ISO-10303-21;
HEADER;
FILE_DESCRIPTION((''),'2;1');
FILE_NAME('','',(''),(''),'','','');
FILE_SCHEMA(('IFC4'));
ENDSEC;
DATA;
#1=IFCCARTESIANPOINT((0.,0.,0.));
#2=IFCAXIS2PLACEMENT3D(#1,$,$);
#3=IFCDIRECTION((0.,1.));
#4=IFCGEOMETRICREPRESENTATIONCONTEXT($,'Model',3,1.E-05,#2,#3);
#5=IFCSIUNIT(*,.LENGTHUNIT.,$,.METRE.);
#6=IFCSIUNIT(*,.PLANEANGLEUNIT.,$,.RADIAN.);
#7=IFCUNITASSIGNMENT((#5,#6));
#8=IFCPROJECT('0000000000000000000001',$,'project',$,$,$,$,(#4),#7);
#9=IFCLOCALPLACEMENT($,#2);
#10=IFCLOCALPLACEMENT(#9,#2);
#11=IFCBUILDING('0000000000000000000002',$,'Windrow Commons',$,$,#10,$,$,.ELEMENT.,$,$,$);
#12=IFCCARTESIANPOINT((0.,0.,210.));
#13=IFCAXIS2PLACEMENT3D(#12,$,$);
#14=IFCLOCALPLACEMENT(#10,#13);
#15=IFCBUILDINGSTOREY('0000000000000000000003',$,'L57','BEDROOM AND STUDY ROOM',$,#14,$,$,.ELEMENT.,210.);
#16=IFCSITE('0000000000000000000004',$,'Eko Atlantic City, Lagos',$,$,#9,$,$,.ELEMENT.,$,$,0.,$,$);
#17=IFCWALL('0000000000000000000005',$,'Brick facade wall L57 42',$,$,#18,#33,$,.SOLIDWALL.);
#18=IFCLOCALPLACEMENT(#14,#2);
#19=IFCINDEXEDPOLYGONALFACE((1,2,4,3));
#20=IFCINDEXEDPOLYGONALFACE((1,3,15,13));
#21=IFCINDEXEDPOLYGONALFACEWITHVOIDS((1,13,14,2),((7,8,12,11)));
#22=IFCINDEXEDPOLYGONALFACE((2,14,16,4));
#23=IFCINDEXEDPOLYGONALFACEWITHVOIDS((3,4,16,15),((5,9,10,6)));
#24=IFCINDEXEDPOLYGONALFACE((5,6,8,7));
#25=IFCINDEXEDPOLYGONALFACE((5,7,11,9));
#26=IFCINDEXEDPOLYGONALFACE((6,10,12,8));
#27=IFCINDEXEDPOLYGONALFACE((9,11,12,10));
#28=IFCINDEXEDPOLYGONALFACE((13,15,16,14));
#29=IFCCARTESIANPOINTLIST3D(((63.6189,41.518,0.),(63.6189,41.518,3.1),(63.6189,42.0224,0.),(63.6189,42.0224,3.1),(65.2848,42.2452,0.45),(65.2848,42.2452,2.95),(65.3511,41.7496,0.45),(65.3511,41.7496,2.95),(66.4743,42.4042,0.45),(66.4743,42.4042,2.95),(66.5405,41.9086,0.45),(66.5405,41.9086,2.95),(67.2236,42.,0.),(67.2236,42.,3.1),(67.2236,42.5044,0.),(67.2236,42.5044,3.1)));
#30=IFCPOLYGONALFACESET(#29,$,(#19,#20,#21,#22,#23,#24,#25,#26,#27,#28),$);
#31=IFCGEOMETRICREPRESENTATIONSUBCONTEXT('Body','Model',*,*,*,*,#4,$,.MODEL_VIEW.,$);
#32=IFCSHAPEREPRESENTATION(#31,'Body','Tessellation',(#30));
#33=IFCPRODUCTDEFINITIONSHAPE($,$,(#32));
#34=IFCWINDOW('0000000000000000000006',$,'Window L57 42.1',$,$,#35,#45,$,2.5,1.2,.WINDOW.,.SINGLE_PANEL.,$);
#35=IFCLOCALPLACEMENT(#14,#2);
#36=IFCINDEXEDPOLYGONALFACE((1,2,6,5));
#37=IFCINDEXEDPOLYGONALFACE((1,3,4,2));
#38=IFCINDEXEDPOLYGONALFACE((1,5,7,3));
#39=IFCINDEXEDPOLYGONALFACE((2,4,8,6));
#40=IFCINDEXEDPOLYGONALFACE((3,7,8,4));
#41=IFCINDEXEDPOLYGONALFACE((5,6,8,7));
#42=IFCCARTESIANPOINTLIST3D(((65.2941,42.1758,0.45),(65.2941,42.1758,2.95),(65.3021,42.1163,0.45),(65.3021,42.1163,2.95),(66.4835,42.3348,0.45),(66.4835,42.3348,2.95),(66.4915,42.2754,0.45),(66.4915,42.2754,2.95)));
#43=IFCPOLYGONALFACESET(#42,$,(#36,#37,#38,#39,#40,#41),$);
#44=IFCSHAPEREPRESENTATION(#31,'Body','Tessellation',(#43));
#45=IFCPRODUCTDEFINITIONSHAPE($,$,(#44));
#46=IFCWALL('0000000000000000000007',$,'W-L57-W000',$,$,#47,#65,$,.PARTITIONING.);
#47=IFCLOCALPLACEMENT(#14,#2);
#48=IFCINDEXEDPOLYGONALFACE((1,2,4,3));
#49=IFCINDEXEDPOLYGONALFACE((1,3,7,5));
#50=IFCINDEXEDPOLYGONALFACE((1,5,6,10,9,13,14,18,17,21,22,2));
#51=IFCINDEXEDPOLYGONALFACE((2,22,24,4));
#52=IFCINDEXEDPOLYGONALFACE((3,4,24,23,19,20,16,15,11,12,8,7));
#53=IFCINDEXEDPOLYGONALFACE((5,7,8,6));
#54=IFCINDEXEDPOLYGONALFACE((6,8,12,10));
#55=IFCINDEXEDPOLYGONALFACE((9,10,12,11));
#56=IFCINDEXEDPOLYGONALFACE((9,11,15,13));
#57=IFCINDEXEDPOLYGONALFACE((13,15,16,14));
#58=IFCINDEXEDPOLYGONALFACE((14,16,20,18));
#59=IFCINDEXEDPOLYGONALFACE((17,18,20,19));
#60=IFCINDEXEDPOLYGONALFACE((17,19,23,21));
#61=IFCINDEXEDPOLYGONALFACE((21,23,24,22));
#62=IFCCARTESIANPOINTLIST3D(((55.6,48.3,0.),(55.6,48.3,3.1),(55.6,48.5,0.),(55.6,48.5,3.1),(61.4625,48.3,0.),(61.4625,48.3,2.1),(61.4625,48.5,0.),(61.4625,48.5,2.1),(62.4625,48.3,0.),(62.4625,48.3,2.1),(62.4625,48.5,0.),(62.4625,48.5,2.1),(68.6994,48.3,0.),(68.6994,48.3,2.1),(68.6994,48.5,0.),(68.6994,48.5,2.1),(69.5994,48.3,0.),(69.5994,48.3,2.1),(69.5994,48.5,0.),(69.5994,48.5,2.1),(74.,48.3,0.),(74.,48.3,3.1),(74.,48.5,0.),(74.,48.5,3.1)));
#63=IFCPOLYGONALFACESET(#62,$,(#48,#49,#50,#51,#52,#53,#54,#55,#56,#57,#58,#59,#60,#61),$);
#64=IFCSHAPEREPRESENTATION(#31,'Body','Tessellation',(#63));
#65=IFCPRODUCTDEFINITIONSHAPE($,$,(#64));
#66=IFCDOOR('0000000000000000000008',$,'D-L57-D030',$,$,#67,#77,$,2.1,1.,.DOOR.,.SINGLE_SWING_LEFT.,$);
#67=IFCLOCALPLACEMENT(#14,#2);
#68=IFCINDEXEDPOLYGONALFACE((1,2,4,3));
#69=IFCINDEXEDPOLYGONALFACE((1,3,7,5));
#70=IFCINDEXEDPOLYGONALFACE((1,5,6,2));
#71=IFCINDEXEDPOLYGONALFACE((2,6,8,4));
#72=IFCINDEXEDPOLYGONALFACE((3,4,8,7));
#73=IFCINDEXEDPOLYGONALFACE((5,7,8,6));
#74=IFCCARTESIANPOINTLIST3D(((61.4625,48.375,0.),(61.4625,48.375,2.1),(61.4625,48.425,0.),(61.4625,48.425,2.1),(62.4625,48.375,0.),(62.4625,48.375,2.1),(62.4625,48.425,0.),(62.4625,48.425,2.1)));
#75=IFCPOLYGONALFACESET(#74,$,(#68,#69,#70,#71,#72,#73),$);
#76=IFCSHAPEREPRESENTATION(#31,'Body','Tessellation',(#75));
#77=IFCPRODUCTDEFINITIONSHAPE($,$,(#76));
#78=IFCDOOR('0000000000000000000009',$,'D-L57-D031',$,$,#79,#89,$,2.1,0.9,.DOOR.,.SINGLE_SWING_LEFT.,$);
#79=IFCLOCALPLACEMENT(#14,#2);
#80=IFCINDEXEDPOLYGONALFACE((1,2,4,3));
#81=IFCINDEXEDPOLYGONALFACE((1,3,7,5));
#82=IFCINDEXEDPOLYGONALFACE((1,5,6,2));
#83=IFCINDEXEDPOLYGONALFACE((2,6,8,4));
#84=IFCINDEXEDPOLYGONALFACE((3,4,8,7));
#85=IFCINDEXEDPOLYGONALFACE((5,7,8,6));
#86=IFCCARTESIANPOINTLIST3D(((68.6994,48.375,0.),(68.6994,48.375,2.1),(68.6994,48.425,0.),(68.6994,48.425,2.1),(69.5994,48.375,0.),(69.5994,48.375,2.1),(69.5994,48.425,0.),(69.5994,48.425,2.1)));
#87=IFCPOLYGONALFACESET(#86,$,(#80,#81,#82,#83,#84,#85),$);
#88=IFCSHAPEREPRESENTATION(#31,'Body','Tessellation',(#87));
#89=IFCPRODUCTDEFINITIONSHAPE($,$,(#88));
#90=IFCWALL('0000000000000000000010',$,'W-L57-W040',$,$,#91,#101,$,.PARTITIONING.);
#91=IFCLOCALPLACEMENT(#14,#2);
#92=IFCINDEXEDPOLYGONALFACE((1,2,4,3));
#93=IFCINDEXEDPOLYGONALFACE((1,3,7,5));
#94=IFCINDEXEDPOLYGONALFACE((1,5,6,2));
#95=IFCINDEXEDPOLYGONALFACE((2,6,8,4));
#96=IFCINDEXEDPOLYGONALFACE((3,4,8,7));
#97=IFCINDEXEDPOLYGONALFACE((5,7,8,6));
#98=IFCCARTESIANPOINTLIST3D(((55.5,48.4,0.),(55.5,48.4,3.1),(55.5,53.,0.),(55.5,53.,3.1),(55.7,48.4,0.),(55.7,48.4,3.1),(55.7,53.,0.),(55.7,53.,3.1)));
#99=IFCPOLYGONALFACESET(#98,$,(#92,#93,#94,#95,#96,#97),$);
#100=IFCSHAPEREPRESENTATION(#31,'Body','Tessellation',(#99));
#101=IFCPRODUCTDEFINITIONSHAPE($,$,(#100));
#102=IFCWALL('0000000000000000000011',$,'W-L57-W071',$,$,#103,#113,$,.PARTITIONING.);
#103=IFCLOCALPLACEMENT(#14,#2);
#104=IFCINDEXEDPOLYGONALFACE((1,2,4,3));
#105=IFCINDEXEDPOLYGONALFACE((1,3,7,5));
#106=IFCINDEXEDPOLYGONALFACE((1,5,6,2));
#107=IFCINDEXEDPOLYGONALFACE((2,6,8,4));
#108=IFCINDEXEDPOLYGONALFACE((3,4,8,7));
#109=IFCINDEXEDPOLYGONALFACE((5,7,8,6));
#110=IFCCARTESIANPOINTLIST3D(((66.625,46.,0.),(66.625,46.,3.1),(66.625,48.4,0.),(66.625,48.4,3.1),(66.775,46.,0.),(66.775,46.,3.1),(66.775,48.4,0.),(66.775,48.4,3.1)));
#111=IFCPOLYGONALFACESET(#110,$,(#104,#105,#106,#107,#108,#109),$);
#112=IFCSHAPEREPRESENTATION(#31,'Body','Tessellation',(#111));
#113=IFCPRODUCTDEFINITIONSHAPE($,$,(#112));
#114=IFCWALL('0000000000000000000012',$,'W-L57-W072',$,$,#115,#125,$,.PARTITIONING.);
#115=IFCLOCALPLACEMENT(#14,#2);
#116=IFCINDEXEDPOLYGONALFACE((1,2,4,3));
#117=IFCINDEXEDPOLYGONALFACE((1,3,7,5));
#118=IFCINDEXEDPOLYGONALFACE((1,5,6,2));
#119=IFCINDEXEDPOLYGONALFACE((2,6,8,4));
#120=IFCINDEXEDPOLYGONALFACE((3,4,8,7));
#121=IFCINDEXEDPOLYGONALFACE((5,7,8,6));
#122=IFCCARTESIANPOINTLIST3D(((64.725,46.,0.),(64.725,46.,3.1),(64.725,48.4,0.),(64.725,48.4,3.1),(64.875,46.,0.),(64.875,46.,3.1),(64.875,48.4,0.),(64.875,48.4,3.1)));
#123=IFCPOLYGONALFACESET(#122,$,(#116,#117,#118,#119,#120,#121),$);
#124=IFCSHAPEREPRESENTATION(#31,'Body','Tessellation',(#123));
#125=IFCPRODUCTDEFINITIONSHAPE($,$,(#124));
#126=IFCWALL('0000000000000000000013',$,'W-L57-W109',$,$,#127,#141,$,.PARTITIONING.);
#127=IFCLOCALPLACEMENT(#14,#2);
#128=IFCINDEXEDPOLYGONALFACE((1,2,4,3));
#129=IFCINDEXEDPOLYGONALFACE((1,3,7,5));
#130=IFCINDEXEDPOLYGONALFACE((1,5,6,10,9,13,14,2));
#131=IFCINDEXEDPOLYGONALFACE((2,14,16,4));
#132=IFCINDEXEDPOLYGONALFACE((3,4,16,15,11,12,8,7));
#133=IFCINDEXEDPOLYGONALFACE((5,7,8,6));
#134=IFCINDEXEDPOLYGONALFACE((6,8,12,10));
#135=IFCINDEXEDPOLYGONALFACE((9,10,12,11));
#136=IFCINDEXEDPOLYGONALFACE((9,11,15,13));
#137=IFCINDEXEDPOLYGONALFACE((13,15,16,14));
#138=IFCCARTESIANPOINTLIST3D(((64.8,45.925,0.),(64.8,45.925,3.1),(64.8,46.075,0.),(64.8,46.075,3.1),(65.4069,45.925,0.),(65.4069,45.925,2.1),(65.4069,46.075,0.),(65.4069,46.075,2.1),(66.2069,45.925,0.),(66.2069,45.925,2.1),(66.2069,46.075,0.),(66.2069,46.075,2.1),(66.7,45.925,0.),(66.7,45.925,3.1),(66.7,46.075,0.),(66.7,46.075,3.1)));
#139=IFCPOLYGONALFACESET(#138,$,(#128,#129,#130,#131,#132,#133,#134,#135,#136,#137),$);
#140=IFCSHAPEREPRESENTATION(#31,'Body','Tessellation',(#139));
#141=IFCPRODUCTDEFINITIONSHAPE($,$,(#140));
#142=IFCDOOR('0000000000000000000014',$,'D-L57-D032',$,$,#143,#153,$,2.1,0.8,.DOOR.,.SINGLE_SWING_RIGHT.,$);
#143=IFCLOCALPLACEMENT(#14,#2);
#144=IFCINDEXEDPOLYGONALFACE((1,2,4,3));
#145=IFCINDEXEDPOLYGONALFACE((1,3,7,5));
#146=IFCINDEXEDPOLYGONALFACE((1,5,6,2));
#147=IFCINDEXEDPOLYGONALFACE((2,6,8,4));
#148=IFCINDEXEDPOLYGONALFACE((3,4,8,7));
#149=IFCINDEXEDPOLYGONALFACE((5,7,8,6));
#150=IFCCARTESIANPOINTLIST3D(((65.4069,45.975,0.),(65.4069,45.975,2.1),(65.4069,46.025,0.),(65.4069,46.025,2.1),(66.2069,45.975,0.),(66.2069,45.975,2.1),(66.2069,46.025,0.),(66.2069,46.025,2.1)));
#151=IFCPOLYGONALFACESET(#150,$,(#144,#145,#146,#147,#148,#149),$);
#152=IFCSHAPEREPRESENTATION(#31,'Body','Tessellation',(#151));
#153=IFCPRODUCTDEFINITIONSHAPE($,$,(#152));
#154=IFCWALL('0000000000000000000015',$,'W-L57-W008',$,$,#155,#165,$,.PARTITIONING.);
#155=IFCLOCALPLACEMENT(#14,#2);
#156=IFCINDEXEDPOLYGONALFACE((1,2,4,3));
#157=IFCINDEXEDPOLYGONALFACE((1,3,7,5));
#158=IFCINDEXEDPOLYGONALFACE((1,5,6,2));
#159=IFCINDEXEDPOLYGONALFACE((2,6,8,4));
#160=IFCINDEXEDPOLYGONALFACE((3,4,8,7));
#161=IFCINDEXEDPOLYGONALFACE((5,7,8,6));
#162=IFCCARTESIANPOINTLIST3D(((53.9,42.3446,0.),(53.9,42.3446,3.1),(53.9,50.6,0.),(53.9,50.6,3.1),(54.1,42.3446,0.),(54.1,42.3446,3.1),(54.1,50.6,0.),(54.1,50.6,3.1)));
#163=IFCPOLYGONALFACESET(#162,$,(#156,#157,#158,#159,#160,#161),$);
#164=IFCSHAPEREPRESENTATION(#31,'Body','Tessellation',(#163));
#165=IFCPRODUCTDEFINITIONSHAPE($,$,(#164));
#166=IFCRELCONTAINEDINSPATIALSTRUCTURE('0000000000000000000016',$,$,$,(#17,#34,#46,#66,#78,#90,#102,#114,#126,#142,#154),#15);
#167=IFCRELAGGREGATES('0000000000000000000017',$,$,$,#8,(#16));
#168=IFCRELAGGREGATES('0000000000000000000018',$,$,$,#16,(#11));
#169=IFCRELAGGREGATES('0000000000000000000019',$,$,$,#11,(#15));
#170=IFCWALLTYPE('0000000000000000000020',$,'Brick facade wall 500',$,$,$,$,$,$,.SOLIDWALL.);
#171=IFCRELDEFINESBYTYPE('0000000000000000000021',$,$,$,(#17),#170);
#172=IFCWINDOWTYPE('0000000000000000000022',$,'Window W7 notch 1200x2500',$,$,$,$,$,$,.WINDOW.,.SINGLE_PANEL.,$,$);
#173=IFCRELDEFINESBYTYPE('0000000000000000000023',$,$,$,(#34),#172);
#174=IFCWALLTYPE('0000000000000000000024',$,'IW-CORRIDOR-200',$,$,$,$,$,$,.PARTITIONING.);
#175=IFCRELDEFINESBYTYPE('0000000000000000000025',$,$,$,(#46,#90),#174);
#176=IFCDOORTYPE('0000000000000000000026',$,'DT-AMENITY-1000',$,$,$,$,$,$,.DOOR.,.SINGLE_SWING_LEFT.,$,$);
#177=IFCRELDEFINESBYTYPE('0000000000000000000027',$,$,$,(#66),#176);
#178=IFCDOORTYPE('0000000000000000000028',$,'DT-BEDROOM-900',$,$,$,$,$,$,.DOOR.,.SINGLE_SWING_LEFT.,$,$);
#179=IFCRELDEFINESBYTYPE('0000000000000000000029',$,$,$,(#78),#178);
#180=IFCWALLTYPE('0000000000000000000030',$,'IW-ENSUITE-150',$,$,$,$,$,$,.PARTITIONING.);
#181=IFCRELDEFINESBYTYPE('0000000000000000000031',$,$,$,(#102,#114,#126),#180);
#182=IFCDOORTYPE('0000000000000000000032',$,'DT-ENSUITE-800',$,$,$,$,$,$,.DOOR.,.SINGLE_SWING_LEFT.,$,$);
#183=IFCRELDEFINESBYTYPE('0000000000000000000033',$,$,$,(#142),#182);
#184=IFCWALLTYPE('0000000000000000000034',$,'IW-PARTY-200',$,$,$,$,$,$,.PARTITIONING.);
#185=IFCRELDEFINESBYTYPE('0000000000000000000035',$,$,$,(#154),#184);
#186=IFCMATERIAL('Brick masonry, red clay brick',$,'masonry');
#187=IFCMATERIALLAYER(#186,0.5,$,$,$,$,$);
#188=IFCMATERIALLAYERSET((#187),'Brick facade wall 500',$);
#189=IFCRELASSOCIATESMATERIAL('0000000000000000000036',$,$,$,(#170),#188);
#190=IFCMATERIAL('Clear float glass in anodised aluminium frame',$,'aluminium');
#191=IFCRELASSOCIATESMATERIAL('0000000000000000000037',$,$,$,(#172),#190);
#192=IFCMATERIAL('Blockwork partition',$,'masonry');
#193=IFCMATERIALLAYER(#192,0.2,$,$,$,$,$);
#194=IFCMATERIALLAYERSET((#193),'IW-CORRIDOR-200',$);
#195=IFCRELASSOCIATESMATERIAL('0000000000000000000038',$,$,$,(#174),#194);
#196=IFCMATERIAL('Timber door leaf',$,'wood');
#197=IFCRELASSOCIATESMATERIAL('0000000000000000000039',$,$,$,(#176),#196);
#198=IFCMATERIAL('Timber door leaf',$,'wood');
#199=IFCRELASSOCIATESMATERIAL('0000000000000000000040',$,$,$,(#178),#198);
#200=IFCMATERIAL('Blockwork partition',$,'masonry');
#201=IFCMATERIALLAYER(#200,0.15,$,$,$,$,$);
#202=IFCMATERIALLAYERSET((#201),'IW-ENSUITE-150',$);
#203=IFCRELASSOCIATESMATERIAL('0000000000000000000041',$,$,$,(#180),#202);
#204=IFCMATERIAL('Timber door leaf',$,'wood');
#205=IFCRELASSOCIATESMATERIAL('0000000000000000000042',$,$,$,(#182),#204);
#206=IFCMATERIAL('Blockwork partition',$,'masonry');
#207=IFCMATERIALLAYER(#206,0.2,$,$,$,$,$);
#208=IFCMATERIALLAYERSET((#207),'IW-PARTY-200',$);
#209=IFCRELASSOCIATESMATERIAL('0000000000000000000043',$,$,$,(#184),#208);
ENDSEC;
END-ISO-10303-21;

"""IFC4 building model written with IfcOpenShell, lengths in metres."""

from ifc_helpers import new_model, si_unit, direction, frame, frame_2d, origin, place, context, subcontext, project, spatial, polyline, rectangle, outline, extrude, material, layer, layer_set, type_object, element, fill, save


model = new_model("IFC4")

# Units and contexts
model_context = context("Model", 3, precision=1e-05, world=origin(), true_north=direction((0.0, 1.0)))
body_context = subcontext(model_context, "Body", "Model", "MODEL_VIEW")
ifc_project = project(units=[si_unit("LENGTHUNIT", "METRE"), si_unit("PLANEANGLEUNIT", "RADIAN")], contexts=[model_context])

# Site, building, storey
site_placement = place(None, origin())
site = spatial("IfcSite", under=ifc_project, at=site_placement, Name="Eko Atlantic City, Lagos", CompositionType="ELEMENT", RefElevation=0.0)
building_placement = place(site_placement, origin())
building = spatial("IfcBuilding", under=site, at=building_placement, Name="Windrow Commons", CompositionType="ELEMENT")
storey_placement = place(building_placement, frame((0.0, 0.0, 210.0)))
storey = spatial("IfcBuildingStorey", under=building, at=storey_placement, Name="L57", Description="BEDROOM AND STUDY ROOM", CompositionType="ELEMENT", Elevation=210.0)

# Wall, opening, window
ifc_material_1 = material(Name="Brick masonry, red clay brick", Category="masonry")
ifc_layer_1 = layer(ifc_material_1, 0.5)
ifc_layer_set_1 = layer_set([ifc_layer_1], Name="Brick facade wall 500")
wall_type_1 = type_object("IfcWallType", Name="Brick facade wall 500", PredefinedType="SOLIDWALL", material=ifc_layer_set_1)
ifc_material_2 = material(Name="Clear float glass in anodised aluminium frame", Category="aluminium")
window_type = type_object("IfcWindowType", Name="Window W7 notch 1200x2500", PartitioningType="SINGLE_PANEL", PredefinedType="WINDOW", material=ifc_material_2)
wall_1_placement = place(storey_placement, frame((63.6189, 41.7702, 0.0), z_axis=(0.0, 0.0, 1.0), x_axis=(0.991179, 0.132531, 0.0)))
wall_1 = element("IfcWall", 1, at=wall_1_placement, inside=storey, type_object=wall_type_1, Name="Brick facade wall L57 42", PredefinedType="SOLIDWALL", context=body_context, shape_type="SweptSolid", body=[
    extrude(outline(polyline([(-0.0334, -0.25), (3.6034, -0.25), (3.6702, 0.25), (0.0334, 0.25), (-0.0334, -0.25)])), origin(), (0.0, 0.0, 1.0), 3.1),
])
opening_1_placement = place(wall_1_placement, frame((1.7142, 0.0, 0.45)))
opening_1 = element("IfcOpeningElement", 2, at=opening_1_placement, cuts=wall_1, PredefinedType="OPENING", context=body_context, shape_type="SweptSolid", body=[
    extrude(rectangle(XDim=1.2, YDim=2.5, at=frame_2d((0.6, 1.25))), frame((0.0, 0.26, 0.0), z_axis=(0.0, -1.0, 0.0), x_axis=(1.0, 0.0, 0.0)), (0.0, 0.0, 1.0), 0.52),
])
window_1_placement = place(opening_1_placement, origin())
window_1 = element("IfcWindow", 3, at=window_1_placement, inside=storey, type_object=window_type, Name="Window L57 42.1", OverallHeight=2.5, OverallWidth=1.2, PartitioningType="SINGLE_PANEL", PredefinedType="WINDOW", context=body_context, shape_type="SweptSolid", body=[
    extrude(rectangle(XDim=1.2, YDim=2.5, at=frame_2d((0.6, 1.25))), frame((0.0, 0.18, 0.0), z_axis=(0.0, -1.0, 0.0), x_axis=(1.0, 0.0, 0.0)), (0.0, 0.0, 1.0), 0.06),
])
fill(opening_1, window_1)

# Wall, openings, doors
ifc_material_3 = material(Name="Blockwork partition", Category="masonry")
ifc_layer_2 = layer(ifc_material_3, 0.2)
ifc_layer_set_2 = layer_set([ifc_layer_2], Name="IW-CORRIDOR-200")
wall_type_2 = type_object("IfcWallType", Name="IW-CORRIDOR-200", PredefinedType="PARTITIONING", material=ifc_layer_set_2)
wall_2_placement = place(storey_placement, frame((55.6, 48.4, 0.0), z_axis=(0.0, 0.0, 1.0), x_axis=(1.0, 0.0, 0.0)))
wall_2 = element("IfcWall", 4, at=wall_2_placement, inside=storey, type_object=wall_type_2, Name="W-L57-W000", PredefinedType="PARTITIONING", context=body_context, shape_type="SweptSolid", body=[
    extrude(rectangle(XDim=18.4, YDim=0.2, at=frame_2d((9.2, 0.0))), origin(), (0.0, 0.0, 1.0), 3.1),
])
opening_2_placement = place(wall_2_placement, frame((5.8625, 0.0, 0.0)))
opening_2 = element("IfcOpeningElement", 5, at=opening_2_placement, cuts=wall_2, PredefinedType="OPENING", context=body_context, shape_type="SweptSolid", body=[
    extrude(rectangle(XDim=1.0, YDim=2.1, at=frame_2d((0.5, 1.05))), frame((0.0, 0.11, 0.0), z_axis=(0.0, -1.0, 0.0), x_axis=(1.0, 0.0, 0.0)), (0.0, 0.0, 1.0), 0.22),
])
opening_3_placement = place(wall_2_placement, frame((13.0994, 0.0, 0.0)))
opening_3 = element("IfcOpeningElement", 6, at=opening_3_placement, cuts=wall_2, PredefinedType="OPENING", context=body_context, shape_type="SweptSolid", body=[
    extrude(rectangle(XDim=0.9, YDim=2.1, at=frame_2d((0.45, 1.05))), frame((0.0, 0.11, 0.0), z_axis=(0.0, -1.0, 0.0), x_axis=(1.0, 0.0, 0.0)), (0.0, 0.0, 1.0), 0.22),
])
ifc_material_4 = material(Name="Timber door leaf", Category="wood")
door_type_1 = type_object("IfcDoorType", Name="DT-AMENITY-1000", OperationType="SINGLE_SWING_LEFT", PredefinedType="DOOR", material=ifc_material_4)
door_1_placement = place(opening_2_placement, origin())
door_1 = element("IfcDoor", 7, at=door_1_placement, inside=storey, type_object=door_type_1, Name="D-L57-D030", OperationType="SINGLE_SWING_LEFT", OverallHeight=2.1, OverallWidth=1.0, PredefinedType="DOOR", context=body_context, shape_type="SweptSolid", body=[
    extrude(rectangle(XDim=1.0, YDim=2.1, at=frame_2d((0.5, 1.05))), frame((0.0, 0.025, 0.0), z_axis=(0.0, -1.0, 0.0), x_axis=(1.0, 0.0, 0.0)), (0.0, 0.0, 1.0), 0.05),
])
fill(opening_2, door_1)
ifc_material_5 = material(Name="Timber door leaf", Category="wood")
door_type_2 = type_object("IfcDoorType", Name="DT-BEDROOM-900", OperationType="SINGLE_SWING_LEFT", PredefinedType="DOOR", material=ifc_material_5)
door_2_placement = place(opening_3_placement, origin())
door_2 = element("IfcDoor", 8, at=door_2_placement, inside=storey, type_object=door_type_2, Name="D-L57-D031", OperationType="SINGLE_SWING_LEFT", OverallHeight=2.1, OverallWidth=0.9, PredefinedType="DOOR", context=body_context, shape_type="SweptSolid", body=[
    extrude(rectangle(XDim=0.9, YDim=2.1, at=frame_2d((0.45, 1.05))), frame((0.0, 0.025, 0.0), z_axis=(0.0, -1.0, 0.0), x_axis=(1.0, 0.0, 0.0)), (0.0, 0.0, 1.0), 0.05),
])
fill(opening_3, door_2)

# Walls
wall_3_placement = place(storey_placement, frame((55.6, 48.4, 0.0), z_axis=(0.0, 0.0, 1.0), x_axis=(0.0, 1.0, 0.0)))
element("IfcWall", 9, at=wall_3_placement, inside=storey, type_object=wall_type_2, Name="W-L57-W040", PredefinedType="PARTITIONING", context=body_context, shape_type="SweptSolid", body=[
    extrude(rectangle(XDim=4.6, YDim=0.2, at=frame_2d((2.3, 0.0))), origin(), (0.0, 0.0, 1.0), 3.1),
])
ifc_material_6 = material(Name="Blockwork partition", Category="masonry")
ifc_layer_3 = layer(ifc_material_6, 0.15)
ifc_layer_set_3 = layer_set([ifc_layer_3], Name="IW-ENSUITE-150")
wall_type_3 = type_object("IfcWallType", Name="IW-ENSUITE-150", PredefinedType="PARTITIONING", material=ifc_layer_set_3)
for number, where, z_axis, x_axis, name in (
    (10, (66.7, 46.0, 0.0), (0.0, 0.0, 1.0), (0.0, 1.0, 0.0), "W-L57-W071"),
    (11, (64.8, 46.0, 0.0), (0.0, 0.0, 1.0), (0.0, 1.0, 0.0), "W-L57-W072"),
):
    element("IfcWall", number, at=place(storey_placement, frame(where, z_axis=z_axis, x_axis=x_axis)), inside=storey, type_object=wall_type_3, Name=name, PredefinedType="PARTITIONING", context=body_context, shape_type="SweptSolid", body=[
        extrude(rectangle(XDim=2.4, YDim=0.15, at=frame_2d((1.2, 0.0))), origin(), (0.0, 0.0, 1.0), 3.1),
    ])

# Wall, opening, door
wall_4_placement = place(storey_placement, frame((64.8, 46.0, 0.0), z_axis=(0.0, 0.0, 1.0), x_axis=(1.0, 0.0, 0.0)))
wall_4 = element("IfcWall", 12, at=wall_4_placement, inside=storey, type_object=wall_type_3, Name="W-L57-W109", PredefinedType="PARTITIONING", context=body_context, shape_type="SweptSolid", body=[
    extrude(rectangle(XDim=1.9, YDim=0.15, at=frame_2d((0.95, 0.0))), origin(), (0.0, 0.0, 1.0), 3.1),
])
opening_4_placement = place(wall_4_placement, frame((0.6069, 0.0, 0.0)))
opening_4 = element("IfcOpeningElement", 13, at=opening_4_placement, cuts=wall_4, PredefinedType="OPENING", context=body_context, shape_type="SweptSolid", body=[
    extrude(rectangle(XDim=0.8, YDim=2.1, at=frame_2d((0.4, 1.05))), frame((0.0, 0.085, 0.0), z_axis=(0.0, -1.0, 0.0), x_axis=(1.0, 0.0, 0.0)), (0.0, 0.0, 1.0), 0.17),
])
ifc_material_7 = material(Name="Timber door leaf", Category="wood")
door_type_3 = type_object("IfcDoorType", Name="DT-ENSUITE-800", OperationType="SINGLE_SWING_LEFT", PredefinedType="DOOR", material=ifc_material_7)
door_3_placement = place(opening_4_placement, origin())
door_3 = element("IfcDoor", 14, at=door_3_placement, inside=storey, type_object=door_type_3, Name="D-L57-D032", OperationType="SINGLE_SWING_RIGHT", OverallHeight=2.1, OverallWidth=0.8, PredefinedType="DOOR", context=body_context, shape_type="SweptSolid", body=[
    extrude(rectangle(XDim=0.8, YDim=2.1, at=frame_2d((0.4, 1.05))), frame((0.0, 0.025, 0.0), z_axis=(0.0, -1.0, 0.0), x_axis=(1.0, 0.0, 0.0)), (0.0, 0.0, 1.0), 0.05),
])
fill(opening_4, door_3)

# Wall
ifc_material_8 = material(Name="Blockwork partition", Category="masonry")
ifc_layer_4 = layer(ifc_material_8, 0.2)
ifc_layer_set_4 = layer_set([ifc_layer_4], Name="IW-PARTY-200")
wall_type_4 = type_object("IfcWallType", Name="IW-PARTY-200", PredefinedType="PARTITIONING", material=ifc_layer_set_4)
wall_5_placement = place(storey_placement, frame((54.0, 42.3446, 0.0), z_axis=(0.0, 0.0, 1.0), x_axis=(0.0, 1.0, 0.0)))
element("IfcWall", 15, at=wall_5_placement, inside=storey, type_object=wall_type_4, Name="W-L57-W008", PredefinedType="PARTITIONING", context=body_context, shape_type="SweptSolid", body=[
    extrude(rectangle(XDim=8.2554, YDim=0.2, at=frame_2d((4.1277, 0.0))), origin(), (0.0, 0.0, 1.0), 3.1),
])

save(model, "model.ifc")
